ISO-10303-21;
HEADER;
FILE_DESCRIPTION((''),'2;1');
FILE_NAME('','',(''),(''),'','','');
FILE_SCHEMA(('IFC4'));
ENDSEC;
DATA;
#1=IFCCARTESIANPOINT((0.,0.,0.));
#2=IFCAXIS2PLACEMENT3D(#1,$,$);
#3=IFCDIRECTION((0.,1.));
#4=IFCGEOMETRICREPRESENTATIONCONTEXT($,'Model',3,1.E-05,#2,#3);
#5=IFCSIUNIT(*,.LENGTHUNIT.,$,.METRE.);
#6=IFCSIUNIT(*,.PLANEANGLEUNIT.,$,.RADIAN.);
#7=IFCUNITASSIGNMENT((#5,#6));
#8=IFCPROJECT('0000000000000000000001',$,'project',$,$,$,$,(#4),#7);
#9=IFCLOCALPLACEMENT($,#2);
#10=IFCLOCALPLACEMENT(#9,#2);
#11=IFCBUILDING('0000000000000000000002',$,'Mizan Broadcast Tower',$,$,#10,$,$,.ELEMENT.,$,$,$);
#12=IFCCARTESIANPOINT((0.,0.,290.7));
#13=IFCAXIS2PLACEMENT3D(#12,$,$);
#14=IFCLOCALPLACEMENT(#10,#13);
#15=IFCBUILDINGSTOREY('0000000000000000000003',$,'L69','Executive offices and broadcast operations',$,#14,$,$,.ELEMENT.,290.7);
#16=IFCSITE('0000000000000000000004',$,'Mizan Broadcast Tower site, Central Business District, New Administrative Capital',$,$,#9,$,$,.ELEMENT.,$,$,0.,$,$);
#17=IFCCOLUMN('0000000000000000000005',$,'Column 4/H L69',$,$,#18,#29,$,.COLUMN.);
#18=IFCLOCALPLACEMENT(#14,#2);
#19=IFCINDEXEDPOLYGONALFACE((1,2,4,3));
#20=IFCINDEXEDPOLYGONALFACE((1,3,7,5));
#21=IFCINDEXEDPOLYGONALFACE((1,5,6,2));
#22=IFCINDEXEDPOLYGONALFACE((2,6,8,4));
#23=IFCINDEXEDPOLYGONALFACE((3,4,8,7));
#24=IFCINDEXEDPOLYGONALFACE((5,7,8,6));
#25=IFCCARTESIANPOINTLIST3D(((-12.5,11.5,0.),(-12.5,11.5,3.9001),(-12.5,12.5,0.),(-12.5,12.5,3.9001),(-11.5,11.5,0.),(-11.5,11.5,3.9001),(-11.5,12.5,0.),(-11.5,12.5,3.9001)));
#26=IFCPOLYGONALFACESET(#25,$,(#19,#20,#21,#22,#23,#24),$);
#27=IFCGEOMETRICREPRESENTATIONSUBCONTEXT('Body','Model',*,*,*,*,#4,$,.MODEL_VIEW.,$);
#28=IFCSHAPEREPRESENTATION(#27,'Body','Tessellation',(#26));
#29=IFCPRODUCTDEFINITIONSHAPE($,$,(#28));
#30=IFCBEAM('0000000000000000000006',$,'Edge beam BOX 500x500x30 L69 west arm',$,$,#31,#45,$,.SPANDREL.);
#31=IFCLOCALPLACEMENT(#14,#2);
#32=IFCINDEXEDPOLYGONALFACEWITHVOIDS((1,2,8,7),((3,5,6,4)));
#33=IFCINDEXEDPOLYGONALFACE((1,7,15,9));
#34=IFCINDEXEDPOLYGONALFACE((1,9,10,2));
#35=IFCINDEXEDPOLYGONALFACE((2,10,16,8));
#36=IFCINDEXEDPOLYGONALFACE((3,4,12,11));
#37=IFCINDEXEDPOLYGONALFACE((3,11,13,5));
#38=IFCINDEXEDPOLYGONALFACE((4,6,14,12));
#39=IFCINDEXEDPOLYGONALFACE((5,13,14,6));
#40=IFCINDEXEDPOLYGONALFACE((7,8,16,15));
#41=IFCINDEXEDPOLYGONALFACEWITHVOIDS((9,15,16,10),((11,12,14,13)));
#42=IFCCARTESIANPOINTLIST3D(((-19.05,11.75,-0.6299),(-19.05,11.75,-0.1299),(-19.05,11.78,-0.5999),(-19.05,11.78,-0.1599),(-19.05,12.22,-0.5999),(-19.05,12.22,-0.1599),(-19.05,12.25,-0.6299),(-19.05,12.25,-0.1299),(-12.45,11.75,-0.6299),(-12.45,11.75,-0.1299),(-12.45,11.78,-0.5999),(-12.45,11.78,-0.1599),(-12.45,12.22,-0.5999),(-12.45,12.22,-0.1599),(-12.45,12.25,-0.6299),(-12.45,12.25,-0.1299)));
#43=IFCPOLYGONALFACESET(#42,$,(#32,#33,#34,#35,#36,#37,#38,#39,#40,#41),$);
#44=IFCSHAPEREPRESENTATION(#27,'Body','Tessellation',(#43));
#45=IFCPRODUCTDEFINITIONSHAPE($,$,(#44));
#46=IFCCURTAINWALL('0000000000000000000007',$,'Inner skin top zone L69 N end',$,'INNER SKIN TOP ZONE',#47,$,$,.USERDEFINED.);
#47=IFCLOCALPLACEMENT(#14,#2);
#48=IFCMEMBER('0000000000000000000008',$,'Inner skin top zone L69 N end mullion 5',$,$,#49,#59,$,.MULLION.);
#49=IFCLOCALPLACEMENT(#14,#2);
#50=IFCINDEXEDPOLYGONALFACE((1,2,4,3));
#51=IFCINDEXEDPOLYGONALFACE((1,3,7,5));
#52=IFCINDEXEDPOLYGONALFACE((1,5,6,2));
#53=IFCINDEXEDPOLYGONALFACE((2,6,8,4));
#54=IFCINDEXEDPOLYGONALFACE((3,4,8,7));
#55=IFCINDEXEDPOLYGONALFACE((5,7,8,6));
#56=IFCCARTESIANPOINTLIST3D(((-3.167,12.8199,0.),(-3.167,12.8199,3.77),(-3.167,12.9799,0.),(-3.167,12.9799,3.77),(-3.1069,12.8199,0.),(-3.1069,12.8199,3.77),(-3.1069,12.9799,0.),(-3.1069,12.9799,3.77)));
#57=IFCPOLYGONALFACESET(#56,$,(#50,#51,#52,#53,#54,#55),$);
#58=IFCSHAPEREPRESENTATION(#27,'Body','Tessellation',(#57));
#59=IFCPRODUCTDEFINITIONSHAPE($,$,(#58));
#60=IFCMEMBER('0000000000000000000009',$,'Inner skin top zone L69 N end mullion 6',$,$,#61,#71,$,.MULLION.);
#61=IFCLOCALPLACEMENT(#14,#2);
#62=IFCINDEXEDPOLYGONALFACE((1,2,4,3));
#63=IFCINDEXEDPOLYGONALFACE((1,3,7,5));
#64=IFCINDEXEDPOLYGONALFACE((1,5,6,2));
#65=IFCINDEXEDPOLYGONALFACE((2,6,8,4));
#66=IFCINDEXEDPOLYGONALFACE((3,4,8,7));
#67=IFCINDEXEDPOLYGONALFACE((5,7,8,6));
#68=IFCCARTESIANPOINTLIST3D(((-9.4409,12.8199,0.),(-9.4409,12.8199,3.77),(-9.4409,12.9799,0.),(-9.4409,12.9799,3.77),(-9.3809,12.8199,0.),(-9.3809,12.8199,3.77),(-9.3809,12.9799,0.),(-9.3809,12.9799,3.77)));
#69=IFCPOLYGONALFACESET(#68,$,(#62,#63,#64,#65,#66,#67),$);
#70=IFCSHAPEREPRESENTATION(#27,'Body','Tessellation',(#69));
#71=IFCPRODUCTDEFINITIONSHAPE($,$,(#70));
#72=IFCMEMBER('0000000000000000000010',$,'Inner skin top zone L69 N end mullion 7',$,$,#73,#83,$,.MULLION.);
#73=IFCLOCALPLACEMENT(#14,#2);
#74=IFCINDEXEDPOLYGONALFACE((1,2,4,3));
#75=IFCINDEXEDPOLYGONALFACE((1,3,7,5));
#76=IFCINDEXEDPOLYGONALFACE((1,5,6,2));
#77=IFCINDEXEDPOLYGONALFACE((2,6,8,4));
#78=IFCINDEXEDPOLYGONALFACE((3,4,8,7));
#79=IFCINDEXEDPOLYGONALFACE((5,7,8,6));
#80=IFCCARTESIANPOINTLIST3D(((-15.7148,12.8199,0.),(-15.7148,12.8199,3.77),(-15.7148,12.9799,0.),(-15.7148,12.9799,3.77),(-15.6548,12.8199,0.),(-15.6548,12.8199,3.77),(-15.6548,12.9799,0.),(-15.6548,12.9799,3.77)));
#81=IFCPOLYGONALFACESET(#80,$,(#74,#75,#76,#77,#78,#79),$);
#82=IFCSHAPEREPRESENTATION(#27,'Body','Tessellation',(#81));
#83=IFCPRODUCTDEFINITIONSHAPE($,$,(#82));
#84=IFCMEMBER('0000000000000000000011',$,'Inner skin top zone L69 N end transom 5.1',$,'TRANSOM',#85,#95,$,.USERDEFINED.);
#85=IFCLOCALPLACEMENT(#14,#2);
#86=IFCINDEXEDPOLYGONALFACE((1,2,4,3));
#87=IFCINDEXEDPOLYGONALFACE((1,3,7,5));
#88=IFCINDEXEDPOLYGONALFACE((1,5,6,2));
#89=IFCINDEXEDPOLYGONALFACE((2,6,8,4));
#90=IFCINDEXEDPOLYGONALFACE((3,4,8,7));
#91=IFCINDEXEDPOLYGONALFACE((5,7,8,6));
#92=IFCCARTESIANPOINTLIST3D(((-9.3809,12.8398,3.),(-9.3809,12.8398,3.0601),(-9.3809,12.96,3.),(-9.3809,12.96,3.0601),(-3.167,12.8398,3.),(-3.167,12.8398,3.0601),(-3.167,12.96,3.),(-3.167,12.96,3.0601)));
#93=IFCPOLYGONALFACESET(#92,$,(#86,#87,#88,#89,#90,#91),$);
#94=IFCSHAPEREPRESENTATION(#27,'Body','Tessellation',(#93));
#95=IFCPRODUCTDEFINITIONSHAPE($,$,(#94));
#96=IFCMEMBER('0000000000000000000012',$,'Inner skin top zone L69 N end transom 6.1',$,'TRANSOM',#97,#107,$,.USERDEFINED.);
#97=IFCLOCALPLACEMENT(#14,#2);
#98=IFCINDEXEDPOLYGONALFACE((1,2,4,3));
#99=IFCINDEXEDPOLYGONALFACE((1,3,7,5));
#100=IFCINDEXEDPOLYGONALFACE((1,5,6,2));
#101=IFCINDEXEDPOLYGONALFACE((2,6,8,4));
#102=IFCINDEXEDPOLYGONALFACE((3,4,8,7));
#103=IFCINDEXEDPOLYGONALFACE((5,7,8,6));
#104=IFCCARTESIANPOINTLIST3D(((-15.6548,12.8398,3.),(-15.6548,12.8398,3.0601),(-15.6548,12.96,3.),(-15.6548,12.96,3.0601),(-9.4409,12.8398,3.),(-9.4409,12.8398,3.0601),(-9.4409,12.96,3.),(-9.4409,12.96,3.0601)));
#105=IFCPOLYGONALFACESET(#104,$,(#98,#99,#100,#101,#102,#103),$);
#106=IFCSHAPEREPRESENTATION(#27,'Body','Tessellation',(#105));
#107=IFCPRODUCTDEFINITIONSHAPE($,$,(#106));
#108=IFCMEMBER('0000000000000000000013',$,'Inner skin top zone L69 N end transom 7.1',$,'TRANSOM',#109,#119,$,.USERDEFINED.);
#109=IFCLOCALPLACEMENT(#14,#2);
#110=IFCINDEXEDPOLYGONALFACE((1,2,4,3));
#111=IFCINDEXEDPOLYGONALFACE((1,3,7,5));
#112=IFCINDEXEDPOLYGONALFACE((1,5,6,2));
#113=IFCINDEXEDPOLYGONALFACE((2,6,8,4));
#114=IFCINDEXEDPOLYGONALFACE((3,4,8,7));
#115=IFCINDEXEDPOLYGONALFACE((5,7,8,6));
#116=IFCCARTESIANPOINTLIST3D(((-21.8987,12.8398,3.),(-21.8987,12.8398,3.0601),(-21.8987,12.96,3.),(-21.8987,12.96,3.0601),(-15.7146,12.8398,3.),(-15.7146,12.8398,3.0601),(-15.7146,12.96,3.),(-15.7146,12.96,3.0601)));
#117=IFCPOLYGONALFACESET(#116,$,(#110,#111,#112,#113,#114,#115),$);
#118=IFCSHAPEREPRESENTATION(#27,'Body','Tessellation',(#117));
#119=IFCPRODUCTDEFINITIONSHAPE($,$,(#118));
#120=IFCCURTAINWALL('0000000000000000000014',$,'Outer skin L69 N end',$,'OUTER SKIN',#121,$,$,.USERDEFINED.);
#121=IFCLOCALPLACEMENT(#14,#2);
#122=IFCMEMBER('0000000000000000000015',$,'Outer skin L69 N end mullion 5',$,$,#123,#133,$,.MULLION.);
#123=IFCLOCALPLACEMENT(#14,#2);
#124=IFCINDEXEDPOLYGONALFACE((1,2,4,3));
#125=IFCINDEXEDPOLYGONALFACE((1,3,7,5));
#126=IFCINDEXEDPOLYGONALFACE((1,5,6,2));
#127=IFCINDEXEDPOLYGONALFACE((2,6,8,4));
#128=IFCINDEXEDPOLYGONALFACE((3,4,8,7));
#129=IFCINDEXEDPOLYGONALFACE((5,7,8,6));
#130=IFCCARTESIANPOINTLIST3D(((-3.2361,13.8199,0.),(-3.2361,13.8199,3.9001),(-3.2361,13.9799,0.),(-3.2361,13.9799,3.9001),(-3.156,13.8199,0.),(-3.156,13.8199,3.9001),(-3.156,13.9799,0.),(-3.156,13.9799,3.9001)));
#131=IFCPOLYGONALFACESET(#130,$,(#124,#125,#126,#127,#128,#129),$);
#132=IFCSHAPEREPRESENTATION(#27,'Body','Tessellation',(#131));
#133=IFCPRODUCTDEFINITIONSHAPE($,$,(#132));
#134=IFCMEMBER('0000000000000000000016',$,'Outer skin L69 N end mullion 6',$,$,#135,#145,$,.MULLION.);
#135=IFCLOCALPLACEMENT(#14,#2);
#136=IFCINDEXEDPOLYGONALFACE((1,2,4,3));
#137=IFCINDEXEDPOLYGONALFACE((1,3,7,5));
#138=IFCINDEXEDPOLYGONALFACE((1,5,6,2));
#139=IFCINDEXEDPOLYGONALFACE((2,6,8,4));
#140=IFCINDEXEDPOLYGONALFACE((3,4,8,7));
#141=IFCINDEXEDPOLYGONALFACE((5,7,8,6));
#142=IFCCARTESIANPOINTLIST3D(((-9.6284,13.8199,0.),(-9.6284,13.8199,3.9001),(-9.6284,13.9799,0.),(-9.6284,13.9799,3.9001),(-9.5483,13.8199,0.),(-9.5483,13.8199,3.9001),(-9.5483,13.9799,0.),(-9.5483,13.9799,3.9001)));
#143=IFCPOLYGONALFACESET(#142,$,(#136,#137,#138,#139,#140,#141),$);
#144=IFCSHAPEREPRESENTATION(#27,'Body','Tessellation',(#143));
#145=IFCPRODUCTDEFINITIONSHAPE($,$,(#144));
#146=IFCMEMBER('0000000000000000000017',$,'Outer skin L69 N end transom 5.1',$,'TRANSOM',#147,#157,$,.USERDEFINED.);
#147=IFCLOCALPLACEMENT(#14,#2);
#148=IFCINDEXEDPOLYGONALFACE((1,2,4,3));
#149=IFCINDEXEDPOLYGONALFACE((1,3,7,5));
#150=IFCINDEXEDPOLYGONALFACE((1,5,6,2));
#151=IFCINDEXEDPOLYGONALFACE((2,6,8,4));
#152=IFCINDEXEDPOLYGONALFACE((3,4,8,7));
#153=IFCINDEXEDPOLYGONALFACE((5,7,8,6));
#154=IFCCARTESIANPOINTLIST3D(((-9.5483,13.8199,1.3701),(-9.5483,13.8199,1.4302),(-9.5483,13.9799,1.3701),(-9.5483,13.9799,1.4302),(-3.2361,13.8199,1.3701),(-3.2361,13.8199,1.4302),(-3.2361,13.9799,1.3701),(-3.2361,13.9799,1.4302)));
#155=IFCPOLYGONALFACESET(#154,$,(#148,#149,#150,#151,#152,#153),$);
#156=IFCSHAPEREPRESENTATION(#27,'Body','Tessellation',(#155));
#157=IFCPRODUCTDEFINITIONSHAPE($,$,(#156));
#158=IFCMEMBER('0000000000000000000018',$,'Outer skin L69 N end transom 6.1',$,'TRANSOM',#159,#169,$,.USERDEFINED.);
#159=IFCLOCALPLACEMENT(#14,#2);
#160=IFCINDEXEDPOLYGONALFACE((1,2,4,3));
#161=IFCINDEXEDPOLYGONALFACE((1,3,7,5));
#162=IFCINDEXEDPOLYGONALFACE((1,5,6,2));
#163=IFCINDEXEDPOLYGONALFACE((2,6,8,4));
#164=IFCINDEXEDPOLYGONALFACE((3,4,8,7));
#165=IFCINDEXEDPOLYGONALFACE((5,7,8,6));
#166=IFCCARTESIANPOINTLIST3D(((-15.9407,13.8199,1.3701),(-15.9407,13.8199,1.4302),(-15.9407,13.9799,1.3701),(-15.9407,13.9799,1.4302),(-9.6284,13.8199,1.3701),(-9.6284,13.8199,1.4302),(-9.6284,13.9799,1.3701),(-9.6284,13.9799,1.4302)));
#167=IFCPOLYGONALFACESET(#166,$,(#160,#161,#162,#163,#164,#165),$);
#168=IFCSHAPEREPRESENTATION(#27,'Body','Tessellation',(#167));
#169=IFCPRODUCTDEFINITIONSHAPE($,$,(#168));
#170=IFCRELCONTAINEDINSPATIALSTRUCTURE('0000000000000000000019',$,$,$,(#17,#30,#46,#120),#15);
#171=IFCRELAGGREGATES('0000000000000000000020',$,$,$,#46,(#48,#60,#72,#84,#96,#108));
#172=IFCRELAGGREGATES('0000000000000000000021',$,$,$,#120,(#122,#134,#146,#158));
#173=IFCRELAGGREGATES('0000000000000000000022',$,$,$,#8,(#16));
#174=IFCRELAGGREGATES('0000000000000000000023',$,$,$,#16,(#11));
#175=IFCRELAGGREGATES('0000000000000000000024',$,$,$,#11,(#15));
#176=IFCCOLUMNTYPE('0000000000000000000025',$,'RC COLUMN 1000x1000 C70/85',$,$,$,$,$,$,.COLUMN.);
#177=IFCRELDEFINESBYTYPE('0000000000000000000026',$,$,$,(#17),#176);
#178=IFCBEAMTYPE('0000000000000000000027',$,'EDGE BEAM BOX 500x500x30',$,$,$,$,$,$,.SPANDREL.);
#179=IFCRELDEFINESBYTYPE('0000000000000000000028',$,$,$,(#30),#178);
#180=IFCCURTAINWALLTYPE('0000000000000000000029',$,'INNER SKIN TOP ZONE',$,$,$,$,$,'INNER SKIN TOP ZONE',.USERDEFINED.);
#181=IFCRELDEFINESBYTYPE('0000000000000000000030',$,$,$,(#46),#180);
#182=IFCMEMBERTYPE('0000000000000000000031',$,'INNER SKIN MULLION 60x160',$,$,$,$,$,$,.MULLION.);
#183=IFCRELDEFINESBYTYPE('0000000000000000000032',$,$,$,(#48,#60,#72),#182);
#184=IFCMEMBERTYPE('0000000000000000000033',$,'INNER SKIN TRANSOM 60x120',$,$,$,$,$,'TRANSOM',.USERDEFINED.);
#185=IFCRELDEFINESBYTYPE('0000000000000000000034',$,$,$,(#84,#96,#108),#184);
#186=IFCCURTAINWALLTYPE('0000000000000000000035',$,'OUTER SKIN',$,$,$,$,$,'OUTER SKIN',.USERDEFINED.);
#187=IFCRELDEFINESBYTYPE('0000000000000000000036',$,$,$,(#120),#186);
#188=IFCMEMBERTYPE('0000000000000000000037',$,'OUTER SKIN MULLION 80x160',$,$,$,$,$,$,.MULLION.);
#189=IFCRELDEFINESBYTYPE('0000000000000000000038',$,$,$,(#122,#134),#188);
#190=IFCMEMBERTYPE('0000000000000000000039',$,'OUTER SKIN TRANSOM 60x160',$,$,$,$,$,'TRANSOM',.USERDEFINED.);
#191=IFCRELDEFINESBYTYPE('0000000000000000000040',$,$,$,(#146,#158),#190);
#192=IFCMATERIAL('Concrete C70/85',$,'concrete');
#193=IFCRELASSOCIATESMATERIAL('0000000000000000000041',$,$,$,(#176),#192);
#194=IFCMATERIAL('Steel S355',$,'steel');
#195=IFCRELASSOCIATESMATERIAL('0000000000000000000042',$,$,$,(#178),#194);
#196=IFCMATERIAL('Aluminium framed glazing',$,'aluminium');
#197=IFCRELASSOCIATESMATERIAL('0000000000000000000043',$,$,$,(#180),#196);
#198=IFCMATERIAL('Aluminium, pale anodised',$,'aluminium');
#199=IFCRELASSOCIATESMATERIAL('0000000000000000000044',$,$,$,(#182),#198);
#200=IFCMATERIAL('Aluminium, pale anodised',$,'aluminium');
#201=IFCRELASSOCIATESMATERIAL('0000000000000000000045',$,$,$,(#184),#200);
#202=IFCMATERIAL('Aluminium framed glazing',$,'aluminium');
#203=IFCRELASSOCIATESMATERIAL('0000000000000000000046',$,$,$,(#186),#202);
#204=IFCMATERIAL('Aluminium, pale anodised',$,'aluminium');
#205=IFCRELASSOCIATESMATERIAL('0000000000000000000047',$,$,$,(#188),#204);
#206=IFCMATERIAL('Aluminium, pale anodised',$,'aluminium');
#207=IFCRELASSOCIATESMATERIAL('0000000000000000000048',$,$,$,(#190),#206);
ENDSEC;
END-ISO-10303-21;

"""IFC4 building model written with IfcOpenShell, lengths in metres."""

from ifc_helpers import new_model, si_unit, direction, frame, origin, origin_2d, place, context, subcontext, project, spatial, rectangle, hollow_rectangle, extrude, material, material_profile, profile_set, type_object, element, aggregate, save


model = new_model("IFC4")

# Units and contexts
model_context = context("Model", 3, precision=1e-05, world=origin(), true_north=direction((0.0, 1.0)))
body_context = subcontext(model_context, "Body", "Model", "MODEL_VIEW")
ifc_project = project(units=[si_unit("LENGTHUNIT", "METRE"), si_unit("PLANEANGLEUNIT", "RADIAN")], contexts=[model_context])

# Site, building, storey
site_placement = place(None, origin())
site = spatial("IfcSite", under=ifc_project, at=site_placement, Name="Mizan Broadcast Tower site, Central Business District, New Administrative Capital", CompositionType="ELEMENT", RefElevation=0.0)
building_placement = place(site_placement, origin())
building = spatial("IfcBuilding", under=site, at=building_placement, Name="Mizan Broadcast Tower", CompositionType="ELEMENT")
storey_placement = place(building_placement, frame((0.0, 0.0, 290.7)))
storey = spatial("IfcBuildingStorey", under=building, at=storey_placement, Name="L69", Description="Executive offices and broadcast operations", CompositionType="ELEMENT", Elevation=290.7)

# Column
ifc_material_1 = material(Name="Concrete C70/85", Category="concrete")
ifc_material_profile_1 = material_profile(ifc_material_1, rectangle(XDim=1.0, YDim=1.0, at=origin_2d()), Name="RC 1000x1000")
ifc_profile_set_1 = profile_set([ifc_material_profile_1], Name="Concrete C70/85")
column_type = type_object("IfcColumnType", Name="RC COLUMN 1000x1000 C70/85", PredefinedType="COLUMN", material=ifc_profile_set_1)
column_placement = place(storey_placement, frame((-12.0, 12.0, 0.0), z_axis=(0.0, 0.0, 1.0), x_axis=(1.0, 0.0, 0.0)))
element("IfcColumn", 1, at=column_placement, inside=storey, type_object=column_type, Name="Column 4/H L69", PredefinedType="COLUMN", context=body_context, shape_type="SweptSolid", body=[
    extrude(rectangle(XDim=1.0, YDim=1.0, at=origin_2d()), origin(), (0.0, 0.0, 1.0), 3.9001),
])

# Beam
ifc_material_2 = material(Name="Steel S355", Category="steel")
ifc_material_profile_2 = material_profile(ifc_material_2, hollow_rectangle(XDim=0.5, YDim=0.5, WallThickness=0.03, at=origin_2d()), Name="BOX 500x500x30")
ifc_profile_set_2 = profile_set([ifc_material_profile_2], Name="Steel S355")
beam_type_1 = type_object("IfcBeamType", Name="EDGE BEAM BOX 500x500x30", PredefinedType="SPANDREL", material=ifc_profile_set_2)
beam_1_placement = place(storey_placement, frame((-12.45, 12.0, -0.3799), z_axis=(-1.0, 0.0, 0.0), x_axis=(0.0, -1.0, 0.0)))
element("IfcBeam", 2, at=beam_1_placement, inside=storey, type_object=beam_type_1, Name="Edge beam BOX 500x500x30 L69 west arm", PredefinedType="SPANDREL", context=body_context, shape_type="SweptSolid", body=[
    extrude(hollow_rectangle(XDim=0.5, YDim=0.5, WallThickness=0.03, at=origin_2d()), origin(), (0.0, 0.0, 1.0), 6.6001),
])

# Curtain walls, members
ifc_material_3 = material(Name="Aluminium framed glazing", Category="aluminium")
curtain_wall_type_1 = type_object("IfcCurtainWallType", Name="INNER SKIN TOP ZONE", ElementType="INNER SKIN TOP ZONE", PredefinedType="USERDEFINED", material=ifc_material_3)
curtain_wall_1_placement = place(storey_placement, origin())
curtain_wall_1 = element("IfcCurtainWall", 3, at=curtain_wall_1_placement, inside=storey, type_object=curtain_wall_type_1, Name="Inner skin top zone L69 N end", ObjectType="INNER SKIN TOP ZONE", PredefinedType="USERDEFINED")
ifc_material_4 = material(Name="Aluminium, pale anodised", Category="aluminium")
ifc_material_profile_3 = material_profile(ifc_material_4, rectangle(XDim=0.1599, YDim=0.0601, at=origin_2d()), Name="MULLION 160x60")
ifc_profile_set_3 = profile_set([ifc_material_profile_3], Name="Aluminium, pale anodised")
member_type_1 = type_object("IfcMemberType", Name="INNER SKIN MULLION 60x160", PredefinedType="MULLION", material=ifc_profile_set_3)
member_1_placement = place(storey_placement, frame((-3.137, 12.8999, 0.0), z_axis=(0.0, 0.0, 1.0), x_axis=(0.0, -1.0, 0.0)))
member_1 = element("IfcMember", 4, at=member_1_placement, type_object=member_type_1, Name="Inner skin top zone L69 N end mullion 5", PredefinedType="MULLION", context=body_context, shape_type="SweptSolid", body=[
    extrude(rectangle(XDim=0.1599, YDim=0.0601, at=origin_2d()), origin(), (0.0, 0.0, 1.0), 3.77),
])
member_2_placement = place(storey_placement, frame((-9.4109, 12.8999, 0.0), z_axis=(0.0, 0.0, 1.0), x_axis=(0.0, -1.0, 0.0)))
member_2 = element("IfcMember", 5, at=member_2_placement, type_object=member_type_1, Name="Inner skin top zone L69 N end mullion 6", PredefinedType="MULLION", context=body_context, shape_type="SweptSolid", body=[
    extrude(rectangle(XDim=0.1599, YDim=0.0601, at=origin_2d()), origin(), (0.0, 0.0, 1.0), 3.77),
])
member_3_placement = place(storey_placement, frame((-15.6848, 12.8999, 0.0), z_axis=(0.0, 0.0, 1.0), x_axis=(0.0, -1.0, 0.0)))
member_3 = element("IfcMember", 6, at=member_3_placement, type_object=member_type_1, Name="Inner skin top zone L69 N end mullion 7", PredefinedType="MULLION", context=body_context, shape_type="SweptSolid", body=[
    extrude(rectangle(XDim=0.1599, YDim=0.0601, at=origin_2d()), origin(), (0.0, 0.0, 1.0), 3.77),
])
ifc_material_5 = material(Name="Aluminium, pale anodised", Category="aluminium")
ifc_material_profile_4 = material_profile(ifc_material_5, rectangle(XDim=0.1201, YDim=0.0601, at=origin_2d()), Name="TRANSOM 120x60")
ifc_profile_set_4 = profile_set([ifc_material_profile_4], Name="Aluminium, pale anodised")
member_type_2 = type_object("IfcMemberType", Name="INNER SKIN TRANSOM 60x120", ElementType="TRANSOM", PredefinedType="USERDEFINED", material=ifc_profile_set_4)
member_4_placement = place(storey_placement, frame((-3.167, 12.8999, 3.03), z_axis=(-1.0, 0.0, 0.0), x_axis=(0.0, -1.0, 0.0)))
member_4 = element("IfcMember", 7, at=member_4_placement, type_object=member_type_2, Name="Inner skin top zone L69 N end transom 5.1", ObjectType="TRANSOM", PredefinedType="USERDEFINED", context=body_context, shape_type="SweptSolid", body=[
    extrude(rectangle(XDim=0.1201, YDim=0.0601, at=origin_2d()), origin(), (0.0, 0.0, 1.0), 6.2139),
])
member_5_placement = place(storey_placement, frame((-9.4409, 12.8999, 3.03), z_axis=(-1.0, 0.0, 0.0), x_axis=(0.0, -1.0, 0.0)))
member_5 = element("IfcMember", 8, at=member_5_placement, type_object=member_type_2, Name="Inner skin top zone L69 N end transom 6.1", ObjectType="TRANSOM", PredefinedType="USERDEFINED", context=body_context, shape_type="SweptSolid", body=[
    extrude(rectangle(XDim=0.1201, YDim=0.0601, at=origin_2d()), origin(), (0.0, 0.0, 1.0), 6.2139),
])
member_6_placement = place(storey_placement, frame((-15.7146, 12.8999, 3.03), z_axis=(-1.0, 0.0, 0.0), x_axis=(0.0, -1.0, 0.0)))
member_6 = element("IfcMember", 9, at=member_6_placement, type_object=member_type_2, Name="Inner skin top zone L69 N end transom 7.1", ObjectType="TRANSOM", PredefinedType="USERDEFINED", context=body_context, shape_type="SweptSolid", body=[
    extrude(rectangle(XDim=0.1201, YDim=0.0601, at=origin_2d()), origin(), (0.0, 0.0, 1.0), 6.1841),
])
ifc_material_6 = material(Name="Aluminium framed glazing", Category="aluminium")
curtain_wall_type_2 = type_object("IfcCurtainWallType", Name="OUTER SKIN", ElementType="OUTER SKIN", PredefinedType="USERDEFINED", material=ifc_material_6)
curtain_wall_2_placement = place(storey_placement, origin())
curtain_wall_2 = element("IfcCurtainWall", 10, at=curtain_wall_2_placement, inside=storey, type_object=curtain_wall_type_2, Name="Outer skin L69 N end", ObjectType="OUTER SKIN", PredefinedType="USERDEFINED")
ifc_material_7 = material(Name="Aluminium, pale anodised", Category="aluminium")
ifc_material_profile_5 = material_profile(ifc_material_7, rectangle(XDim=0.1599, YDim=0.0801, at=origin_2d()), Name="MULLION 160x80")
ifc_profile_set_5 = profile_set([ifc_material_profile_5], Name="Aluminium, pale anodised")
member_type_3 = type_object("IfcMemberType", Name="OUTER SKIN MULLION 80x160", PredefinedType="MULLION", material=ifc_profile_set_5)
member_7_placement = place(storey_placement, frame((-3.196, 13.8999, 0.0), z_axis=(0.0, 0.0, 1.0), x_axis=(0.0, -1.0, 0.0)))
member_7 = element("IfcMember", 11, at=member_7_placement, type_object=member_type_3, Name="Outer skin L69 N end mullion 5", PredefinedType="MULLION", context=body_context, shape_type="SweptSolid", body=[
    extrude(rectangle(XDim=0.1599, YDim=0.0801, at=origin_2d()), origin(), (0.0, 0.0, 1.0), 3.9001),
])
member_8_placement = place(storey_placement, frame((-9.5884, 13.8999, 0.0), z_axis=(0.0, 0.0, 1.0), x_axis=(0.0, -1.0, 0.0)))
member_8 = element("IfcMember", 12, at=member_8_placement, type_object=member_type_3, Name="Outer skin L69 N end mullion 6", PredefinedType="MULLION", context=body_context, shape_type="SweptSolid", body=[
    extrude(rectangle(XDim=0.1599, YDim=0.0801, at=origin_2d()), origin(), (0.0, 0.0, 1.0), 3.9001),
])
ifc_material_8 = material(Name="Aluminium, pale anodised", Category="aluminium")
ifc_material_profile_6 = material_profile(ifc_material_8, rectangle(XDim=0.1599, YDim=0.0601, at=origin_2d()), Name="TRANSOM 160x60")
ifc_profile_set_6 = profile_set([ifc_material_profile_6], Name="Aluminium, pale anodised")
member_type_4 = type_object("IfcMemberType", Name="OUTER SKIN TRANSOM 60x160", ElementType="TRANSOM", PredefinedType="USERDEFINED", material=ifc_profile_set_6)
member_9_placement = place(storey_placement, frame((-3.2361, 13.8999, 1.4001), z_axis=(-1.0, 0.0, 0.0), x_axis=(0.0, -1.0, 0.0)))
member_9 = element("IfcMember", 13, at=member_9_placement, type_object=member_type_4, Name="Outer skin L69 N end transom 5.1", ObjectType="TRANSOM", PredefinedType="USERDEFINED", context=body_context, shape_type="SweptSolid", body=[
    extrude(rectangle(XDim=0.1599, YDim=0.0601, at=origin_2d()), origin(), (0.0, 0.0, 1.0), 6.3123),
])
member_10_placement = place(storey_placement, frame((-9.6284, 13.8999, 1.4001), z_axis=(-1.0, 0.0, 0.0), x_axis=(0.0, -1.0, 0.0)))
member_10 = element("IfcMember", 14, at=member_10_placement, type_object=member_type_4, Name="Outer skin L69 N end transom 6.1", ObjectType="TRANSOM", PredefinedType="USERDEFINED", context=body_context, shape_type="SweptSolid", body=[
    extrude(rectangle(XDim=0.1599, YDim=0.0601, at=origin_2d()), origin(), (0.0, 0.0, 1.0), 6.3123),
])

aggregate(curtain_wall_1, [member_1, member_2, member_3, member_4, member_5, member_6])
aggregate(curtain_wall_2, [member_7, member_8, member_9, member_10])

save(model, "model.ifc")
